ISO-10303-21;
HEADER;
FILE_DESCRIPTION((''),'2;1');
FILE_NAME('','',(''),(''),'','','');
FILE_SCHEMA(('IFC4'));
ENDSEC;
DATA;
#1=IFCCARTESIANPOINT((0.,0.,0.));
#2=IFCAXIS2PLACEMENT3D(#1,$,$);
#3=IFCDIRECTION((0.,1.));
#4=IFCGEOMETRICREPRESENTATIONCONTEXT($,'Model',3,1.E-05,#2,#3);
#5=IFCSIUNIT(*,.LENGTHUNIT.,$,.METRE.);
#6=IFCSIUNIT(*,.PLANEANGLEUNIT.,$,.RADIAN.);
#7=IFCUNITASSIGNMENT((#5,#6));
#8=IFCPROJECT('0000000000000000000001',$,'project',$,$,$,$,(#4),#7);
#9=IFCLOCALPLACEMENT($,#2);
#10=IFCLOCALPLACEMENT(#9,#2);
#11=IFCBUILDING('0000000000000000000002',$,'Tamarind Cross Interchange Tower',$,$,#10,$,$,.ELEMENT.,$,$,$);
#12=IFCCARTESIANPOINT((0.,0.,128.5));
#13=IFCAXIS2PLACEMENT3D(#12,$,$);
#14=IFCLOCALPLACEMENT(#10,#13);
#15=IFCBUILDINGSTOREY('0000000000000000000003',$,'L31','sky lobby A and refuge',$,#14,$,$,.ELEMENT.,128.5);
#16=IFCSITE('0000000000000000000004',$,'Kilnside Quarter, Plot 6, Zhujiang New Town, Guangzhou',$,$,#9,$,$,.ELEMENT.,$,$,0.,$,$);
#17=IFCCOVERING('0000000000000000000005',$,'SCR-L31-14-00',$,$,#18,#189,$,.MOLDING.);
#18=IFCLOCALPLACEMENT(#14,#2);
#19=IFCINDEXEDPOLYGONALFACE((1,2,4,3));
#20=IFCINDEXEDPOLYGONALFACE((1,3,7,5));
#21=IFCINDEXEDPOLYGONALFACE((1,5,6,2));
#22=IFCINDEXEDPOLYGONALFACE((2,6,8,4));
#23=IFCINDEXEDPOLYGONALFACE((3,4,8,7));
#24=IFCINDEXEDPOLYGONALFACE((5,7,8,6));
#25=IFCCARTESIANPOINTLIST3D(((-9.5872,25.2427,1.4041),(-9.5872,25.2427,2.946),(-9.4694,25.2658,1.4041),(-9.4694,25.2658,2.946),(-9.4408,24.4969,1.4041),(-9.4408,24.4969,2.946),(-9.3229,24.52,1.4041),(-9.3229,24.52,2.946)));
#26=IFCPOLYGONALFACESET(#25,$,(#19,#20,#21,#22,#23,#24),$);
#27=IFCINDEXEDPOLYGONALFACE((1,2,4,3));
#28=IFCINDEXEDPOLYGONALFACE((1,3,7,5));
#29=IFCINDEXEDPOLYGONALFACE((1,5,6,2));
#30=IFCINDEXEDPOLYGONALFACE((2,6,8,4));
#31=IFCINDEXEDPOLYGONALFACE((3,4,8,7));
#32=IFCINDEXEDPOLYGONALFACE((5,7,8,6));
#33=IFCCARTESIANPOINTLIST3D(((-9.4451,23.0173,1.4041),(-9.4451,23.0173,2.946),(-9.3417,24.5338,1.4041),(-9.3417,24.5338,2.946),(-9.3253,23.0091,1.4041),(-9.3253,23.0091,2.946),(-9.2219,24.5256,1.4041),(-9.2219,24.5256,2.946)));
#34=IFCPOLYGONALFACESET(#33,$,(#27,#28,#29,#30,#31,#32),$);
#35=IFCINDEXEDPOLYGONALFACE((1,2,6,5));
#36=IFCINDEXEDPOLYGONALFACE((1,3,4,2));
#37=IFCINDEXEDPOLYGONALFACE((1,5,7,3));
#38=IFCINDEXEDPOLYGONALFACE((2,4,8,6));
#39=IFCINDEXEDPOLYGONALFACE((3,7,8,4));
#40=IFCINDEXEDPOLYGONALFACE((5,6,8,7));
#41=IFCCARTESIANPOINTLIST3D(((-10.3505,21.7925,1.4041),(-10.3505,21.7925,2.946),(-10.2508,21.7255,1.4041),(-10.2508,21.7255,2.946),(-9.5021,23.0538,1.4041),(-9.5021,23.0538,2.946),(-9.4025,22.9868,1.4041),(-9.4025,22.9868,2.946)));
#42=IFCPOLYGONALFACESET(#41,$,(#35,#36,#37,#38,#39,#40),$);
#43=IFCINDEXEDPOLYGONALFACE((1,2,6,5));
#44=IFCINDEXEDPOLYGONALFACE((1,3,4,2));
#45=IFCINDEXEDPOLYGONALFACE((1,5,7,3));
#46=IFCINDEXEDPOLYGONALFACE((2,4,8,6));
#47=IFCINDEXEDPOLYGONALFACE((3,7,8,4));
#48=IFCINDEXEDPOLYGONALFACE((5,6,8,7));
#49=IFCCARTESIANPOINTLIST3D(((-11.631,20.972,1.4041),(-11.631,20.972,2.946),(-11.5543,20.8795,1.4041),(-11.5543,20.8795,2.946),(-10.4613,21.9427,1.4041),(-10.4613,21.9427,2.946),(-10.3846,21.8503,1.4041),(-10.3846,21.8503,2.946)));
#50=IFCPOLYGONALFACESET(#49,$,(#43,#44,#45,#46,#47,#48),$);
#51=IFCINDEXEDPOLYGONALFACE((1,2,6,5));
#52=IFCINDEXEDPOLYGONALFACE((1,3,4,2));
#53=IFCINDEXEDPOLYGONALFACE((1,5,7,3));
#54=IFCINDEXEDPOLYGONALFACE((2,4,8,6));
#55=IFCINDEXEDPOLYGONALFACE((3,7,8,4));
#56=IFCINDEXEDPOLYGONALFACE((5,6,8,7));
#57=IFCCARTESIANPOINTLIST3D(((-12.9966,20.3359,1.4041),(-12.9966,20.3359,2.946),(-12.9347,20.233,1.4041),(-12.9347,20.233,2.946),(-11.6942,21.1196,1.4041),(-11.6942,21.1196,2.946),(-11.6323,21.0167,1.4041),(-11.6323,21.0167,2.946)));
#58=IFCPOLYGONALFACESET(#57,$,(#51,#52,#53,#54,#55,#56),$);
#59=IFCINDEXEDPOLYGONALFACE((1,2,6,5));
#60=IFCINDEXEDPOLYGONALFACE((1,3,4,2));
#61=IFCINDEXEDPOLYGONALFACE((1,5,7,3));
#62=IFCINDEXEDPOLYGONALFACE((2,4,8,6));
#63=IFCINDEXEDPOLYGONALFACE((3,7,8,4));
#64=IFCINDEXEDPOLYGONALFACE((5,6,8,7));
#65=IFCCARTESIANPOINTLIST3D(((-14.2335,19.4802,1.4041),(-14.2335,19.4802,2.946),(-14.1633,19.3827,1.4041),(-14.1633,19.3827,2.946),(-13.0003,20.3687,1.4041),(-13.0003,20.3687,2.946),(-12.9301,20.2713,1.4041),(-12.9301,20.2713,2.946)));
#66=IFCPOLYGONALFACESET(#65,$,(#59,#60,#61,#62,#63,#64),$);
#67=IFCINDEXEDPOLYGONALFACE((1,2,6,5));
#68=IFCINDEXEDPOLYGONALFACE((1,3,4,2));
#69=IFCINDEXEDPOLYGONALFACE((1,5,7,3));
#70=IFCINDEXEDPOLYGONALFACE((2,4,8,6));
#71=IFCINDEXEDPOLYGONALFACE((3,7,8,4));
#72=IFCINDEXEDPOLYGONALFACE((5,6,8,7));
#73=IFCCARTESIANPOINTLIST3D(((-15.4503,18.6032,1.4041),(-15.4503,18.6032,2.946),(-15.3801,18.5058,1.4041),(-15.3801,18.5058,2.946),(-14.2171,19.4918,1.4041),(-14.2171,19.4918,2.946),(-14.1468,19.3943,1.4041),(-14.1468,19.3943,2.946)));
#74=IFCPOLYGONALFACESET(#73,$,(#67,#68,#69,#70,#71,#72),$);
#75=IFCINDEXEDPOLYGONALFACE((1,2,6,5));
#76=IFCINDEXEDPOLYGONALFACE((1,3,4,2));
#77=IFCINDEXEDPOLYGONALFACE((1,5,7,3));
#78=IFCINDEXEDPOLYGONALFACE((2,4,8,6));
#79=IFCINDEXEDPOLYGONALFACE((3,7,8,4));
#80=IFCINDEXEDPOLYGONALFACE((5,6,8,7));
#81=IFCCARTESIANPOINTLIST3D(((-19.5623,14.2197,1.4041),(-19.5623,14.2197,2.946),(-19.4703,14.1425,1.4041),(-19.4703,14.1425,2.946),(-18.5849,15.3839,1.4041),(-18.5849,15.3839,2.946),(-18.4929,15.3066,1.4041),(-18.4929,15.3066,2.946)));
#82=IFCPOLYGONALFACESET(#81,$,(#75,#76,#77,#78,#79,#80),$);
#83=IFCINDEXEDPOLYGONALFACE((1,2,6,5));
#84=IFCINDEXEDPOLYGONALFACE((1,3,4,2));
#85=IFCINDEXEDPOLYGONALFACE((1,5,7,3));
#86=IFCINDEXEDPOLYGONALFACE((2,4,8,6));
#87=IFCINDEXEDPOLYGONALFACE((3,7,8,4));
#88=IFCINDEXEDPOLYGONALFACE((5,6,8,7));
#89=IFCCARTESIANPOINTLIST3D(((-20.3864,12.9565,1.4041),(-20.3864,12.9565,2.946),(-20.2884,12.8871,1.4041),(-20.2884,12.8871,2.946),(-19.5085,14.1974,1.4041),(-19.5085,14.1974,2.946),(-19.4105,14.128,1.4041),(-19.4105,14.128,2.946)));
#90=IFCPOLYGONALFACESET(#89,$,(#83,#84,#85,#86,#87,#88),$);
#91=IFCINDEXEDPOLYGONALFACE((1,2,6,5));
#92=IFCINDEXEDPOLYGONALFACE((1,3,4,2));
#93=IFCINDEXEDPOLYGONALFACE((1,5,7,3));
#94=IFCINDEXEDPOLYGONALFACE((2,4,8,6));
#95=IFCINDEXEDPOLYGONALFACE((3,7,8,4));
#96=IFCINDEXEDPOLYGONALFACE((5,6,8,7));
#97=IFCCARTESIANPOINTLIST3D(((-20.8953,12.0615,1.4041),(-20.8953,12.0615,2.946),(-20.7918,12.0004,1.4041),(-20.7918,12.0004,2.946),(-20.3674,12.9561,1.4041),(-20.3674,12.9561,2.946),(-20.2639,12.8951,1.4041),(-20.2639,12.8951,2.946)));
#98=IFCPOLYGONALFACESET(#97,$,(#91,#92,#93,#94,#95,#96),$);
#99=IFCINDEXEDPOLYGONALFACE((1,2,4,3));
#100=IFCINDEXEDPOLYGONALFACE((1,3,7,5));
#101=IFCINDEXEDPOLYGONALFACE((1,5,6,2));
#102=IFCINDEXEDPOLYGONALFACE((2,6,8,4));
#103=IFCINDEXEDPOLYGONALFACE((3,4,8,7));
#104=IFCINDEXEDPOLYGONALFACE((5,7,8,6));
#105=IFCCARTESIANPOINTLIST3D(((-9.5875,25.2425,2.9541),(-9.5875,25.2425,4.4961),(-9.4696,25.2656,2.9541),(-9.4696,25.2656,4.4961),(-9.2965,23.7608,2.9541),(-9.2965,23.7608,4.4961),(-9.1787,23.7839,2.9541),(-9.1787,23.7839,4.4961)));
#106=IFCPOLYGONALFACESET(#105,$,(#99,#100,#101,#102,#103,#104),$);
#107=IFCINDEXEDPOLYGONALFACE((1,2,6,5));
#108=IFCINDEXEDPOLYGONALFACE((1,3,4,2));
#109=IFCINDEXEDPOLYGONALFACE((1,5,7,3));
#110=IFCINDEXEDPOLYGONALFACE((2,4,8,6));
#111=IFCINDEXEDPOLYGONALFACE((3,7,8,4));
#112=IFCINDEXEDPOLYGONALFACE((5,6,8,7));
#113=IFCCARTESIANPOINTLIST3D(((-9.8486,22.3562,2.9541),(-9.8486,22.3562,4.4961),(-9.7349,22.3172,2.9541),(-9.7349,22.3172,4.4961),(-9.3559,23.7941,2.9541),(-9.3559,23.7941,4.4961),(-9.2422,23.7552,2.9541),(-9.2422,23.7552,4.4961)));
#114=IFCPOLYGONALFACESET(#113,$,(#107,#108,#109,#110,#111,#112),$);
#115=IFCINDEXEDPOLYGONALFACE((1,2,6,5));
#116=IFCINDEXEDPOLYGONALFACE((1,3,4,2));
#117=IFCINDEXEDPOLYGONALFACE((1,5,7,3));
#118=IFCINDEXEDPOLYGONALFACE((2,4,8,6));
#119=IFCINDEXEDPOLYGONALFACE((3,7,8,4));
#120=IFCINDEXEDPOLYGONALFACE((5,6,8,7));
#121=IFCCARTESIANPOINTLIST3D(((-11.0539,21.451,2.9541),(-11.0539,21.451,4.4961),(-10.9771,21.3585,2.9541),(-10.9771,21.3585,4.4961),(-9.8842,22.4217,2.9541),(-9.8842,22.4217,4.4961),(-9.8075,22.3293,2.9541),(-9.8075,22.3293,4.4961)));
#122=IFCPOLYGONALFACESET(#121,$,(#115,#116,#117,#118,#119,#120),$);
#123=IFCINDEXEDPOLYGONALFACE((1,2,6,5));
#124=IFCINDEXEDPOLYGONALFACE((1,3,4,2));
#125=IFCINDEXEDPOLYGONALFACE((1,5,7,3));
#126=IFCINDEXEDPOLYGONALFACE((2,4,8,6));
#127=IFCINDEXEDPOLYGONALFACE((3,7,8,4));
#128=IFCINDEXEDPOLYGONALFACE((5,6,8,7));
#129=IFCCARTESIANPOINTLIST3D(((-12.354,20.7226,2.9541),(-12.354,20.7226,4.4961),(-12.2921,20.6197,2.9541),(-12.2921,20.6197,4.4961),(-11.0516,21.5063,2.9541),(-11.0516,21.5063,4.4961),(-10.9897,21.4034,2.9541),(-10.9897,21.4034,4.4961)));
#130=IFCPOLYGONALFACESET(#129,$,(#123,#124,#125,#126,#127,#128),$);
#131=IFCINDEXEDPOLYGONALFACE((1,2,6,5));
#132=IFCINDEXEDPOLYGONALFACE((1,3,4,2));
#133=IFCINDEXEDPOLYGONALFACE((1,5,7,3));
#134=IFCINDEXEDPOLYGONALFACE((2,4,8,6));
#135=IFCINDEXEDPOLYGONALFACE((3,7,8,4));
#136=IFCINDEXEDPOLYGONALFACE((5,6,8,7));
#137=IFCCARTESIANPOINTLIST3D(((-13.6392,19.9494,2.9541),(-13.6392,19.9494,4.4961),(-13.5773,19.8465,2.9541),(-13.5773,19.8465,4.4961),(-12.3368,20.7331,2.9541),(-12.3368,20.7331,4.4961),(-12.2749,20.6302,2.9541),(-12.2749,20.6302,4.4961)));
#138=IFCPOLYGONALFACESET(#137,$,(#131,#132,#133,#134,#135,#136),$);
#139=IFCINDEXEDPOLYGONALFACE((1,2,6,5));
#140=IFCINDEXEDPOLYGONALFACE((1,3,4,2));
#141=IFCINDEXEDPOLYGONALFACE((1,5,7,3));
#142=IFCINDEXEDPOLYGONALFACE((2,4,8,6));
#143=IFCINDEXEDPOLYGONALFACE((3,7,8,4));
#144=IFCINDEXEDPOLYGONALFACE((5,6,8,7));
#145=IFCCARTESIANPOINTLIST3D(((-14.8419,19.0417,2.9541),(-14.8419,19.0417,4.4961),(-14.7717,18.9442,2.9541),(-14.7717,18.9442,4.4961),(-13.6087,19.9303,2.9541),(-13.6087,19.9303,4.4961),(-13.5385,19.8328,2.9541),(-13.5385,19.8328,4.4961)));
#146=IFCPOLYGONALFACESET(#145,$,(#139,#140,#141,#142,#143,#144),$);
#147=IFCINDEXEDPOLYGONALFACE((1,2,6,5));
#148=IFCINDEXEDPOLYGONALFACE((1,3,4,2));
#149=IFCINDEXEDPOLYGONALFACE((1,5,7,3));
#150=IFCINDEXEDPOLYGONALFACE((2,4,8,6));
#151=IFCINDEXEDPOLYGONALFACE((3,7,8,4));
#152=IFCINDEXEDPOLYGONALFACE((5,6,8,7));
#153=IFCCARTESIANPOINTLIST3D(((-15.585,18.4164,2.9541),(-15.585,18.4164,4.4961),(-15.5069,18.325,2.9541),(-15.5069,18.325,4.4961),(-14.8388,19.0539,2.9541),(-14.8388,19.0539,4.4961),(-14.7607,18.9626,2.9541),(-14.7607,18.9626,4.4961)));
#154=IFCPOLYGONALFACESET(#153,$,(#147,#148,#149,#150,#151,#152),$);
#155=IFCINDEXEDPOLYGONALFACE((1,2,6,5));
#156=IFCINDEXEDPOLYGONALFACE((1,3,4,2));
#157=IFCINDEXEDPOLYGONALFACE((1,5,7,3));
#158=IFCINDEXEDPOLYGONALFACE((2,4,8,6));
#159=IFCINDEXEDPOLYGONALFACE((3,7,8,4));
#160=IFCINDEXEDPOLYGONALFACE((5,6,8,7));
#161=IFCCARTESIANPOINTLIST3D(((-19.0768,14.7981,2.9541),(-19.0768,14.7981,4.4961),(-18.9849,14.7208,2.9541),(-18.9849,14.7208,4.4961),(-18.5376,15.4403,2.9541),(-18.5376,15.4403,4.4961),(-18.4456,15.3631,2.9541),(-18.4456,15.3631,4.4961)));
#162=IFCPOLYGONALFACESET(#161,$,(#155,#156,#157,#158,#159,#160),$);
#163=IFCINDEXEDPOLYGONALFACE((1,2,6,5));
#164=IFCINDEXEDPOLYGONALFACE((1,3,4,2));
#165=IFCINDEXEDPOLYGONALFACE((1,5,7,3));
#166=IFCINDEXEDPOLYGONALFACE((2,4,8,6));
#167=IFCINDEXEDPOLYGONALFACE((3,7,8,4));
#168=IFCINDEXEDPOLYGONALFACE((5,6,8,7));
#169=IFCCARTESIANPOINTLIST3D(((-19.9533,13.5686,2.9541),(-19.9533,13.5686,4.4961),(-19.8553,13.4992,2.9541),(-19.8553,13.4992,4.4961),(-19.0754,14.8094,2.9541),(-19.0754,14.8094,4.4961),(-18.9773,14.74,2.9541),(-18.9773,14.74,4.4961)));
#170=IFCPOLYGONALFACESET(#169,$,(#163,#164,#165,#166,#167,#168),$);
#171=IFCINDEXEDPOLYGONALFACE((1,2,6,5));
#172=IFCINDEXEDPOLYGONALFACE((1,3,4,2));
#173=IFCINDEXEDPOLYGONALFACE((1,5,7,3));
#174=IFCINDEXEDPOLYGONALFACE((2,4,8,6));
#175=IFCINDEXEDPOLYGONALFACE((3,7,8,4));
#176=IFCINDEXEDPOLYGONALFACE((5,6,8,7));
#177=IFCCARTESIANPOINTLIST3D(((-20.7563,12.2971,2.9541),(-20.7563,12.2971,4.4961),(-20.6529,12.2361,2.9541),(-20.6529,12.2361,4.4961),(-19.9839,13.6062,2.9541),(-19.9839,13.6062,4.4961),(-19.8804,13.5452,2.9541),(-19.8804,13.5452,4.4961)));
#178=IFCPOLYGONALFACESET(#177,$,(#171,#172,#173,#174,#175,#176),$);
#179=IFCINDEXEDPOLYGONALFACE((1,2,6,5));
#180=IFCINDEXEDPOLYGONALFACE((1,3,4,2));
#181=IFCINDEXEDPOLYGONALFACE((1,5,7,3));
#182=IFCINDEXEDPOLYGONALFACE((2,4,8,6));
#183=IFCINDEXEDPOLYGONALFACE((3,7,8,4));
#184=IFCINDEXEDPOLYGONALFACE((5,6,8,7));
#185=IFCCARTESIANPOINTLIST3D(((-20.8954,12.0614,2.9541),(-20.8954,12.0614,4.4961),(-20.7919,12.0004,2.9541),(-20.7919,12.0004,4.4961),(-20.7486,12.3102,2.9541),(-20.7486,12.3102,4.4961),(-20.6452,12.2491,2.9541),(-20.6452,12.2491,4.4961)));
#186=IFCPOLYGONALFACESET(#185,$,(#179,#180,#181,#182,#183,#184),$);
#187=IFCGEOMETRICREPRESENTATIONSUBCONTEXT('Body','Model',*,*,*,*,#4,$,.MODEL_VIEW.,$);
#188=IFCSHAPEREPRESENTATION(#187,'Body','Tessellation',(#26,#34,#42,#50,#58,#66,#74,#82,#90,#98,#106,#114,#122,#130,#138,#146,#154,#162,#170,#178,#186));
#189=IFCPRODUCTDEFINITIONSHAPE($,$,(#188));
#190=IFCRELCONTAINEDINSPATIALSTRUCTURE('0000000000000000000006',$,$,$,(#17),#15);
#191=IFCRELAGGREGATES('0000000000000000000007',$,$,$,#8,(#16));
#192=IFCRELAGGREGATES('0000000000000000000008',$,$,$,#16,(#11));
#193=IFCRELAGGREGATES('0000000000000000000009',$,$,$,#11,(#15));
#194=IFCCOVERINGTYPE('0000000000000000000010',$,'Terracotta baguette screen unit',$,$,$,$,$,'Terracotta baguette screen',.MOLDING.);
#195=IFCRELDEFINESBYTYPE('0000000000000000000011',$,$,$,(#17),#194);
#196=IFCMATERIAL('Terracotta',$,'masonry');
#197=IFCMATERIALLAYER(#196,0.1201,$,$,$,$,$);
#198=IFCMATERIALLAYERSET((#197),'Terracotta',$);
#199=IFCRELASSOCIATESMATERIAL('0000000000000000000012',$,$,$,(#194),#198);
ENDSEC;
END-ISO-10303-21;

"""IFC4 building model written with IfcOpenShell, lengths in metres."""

from ifc_helpers import new_model, si_unit, direction, frame, origin, origin_2d, place, context, subcontext, project, spatial, rectangle, extrude, material, layer, layer_set, type_object, element, save


model = new_model("IFC4")

# Units and contexts
model_context = context("Model", 3, precision=1e-05, world=origin(), true_north=direction((0.0, 1.0)))
body_context = subcontext(model_context, "Body", "Model", "MODEL_VIEW")
ifc_project = project(units=[si_unit("LENGTHUNIT", "METRE"), si_unit("PLANEANGLEUNIT", "RADIAN")], contexts=[model_context])

# Site, building, storey
site_placement = place(None, origin())
site = spatial("IfcSite", under=ifc_project, at=site_placement, Name="Kilnside Quarter, Plot 6, Zhujiang New Town, Guangzhou", CompositionType="ELEMENT", RefElevation=0.0)
building_placement = place(site_placement, origin())
building = spatial("IfcBuilding", under=site, at=building_placement, Name="Tamarind Cross Interchange Tower", CompositionType="ELEMENT")
storey_placement = place(building_placement, frame((0.0, 0.0, 128.5)))
storey = spatial("IfcBuildingStorey", under=building, at=storey_placement, Name="L31", Description="sky lobby A and refuge", CompositionType="ELEMENT", Elevation=128.5)

# Covering
ifc_material_1 = material(Name="Terracotta", Category="masonry")
ifc_layer_1 = layer(ifc_material_1, 0.1201)
ifc_layer_set_1 = layer_set([ifc_layer_1], Name="Terracotta")
covering_type = type_object("IfcCoveringType", Name="Terracotta baguette screen unit", ElementType="Terracotta baguette screen", PredefinedType="MOLDING", material=ifc_layer_set_1)
covering_1_placement = place(storey_placement, origin())
element("IfcCovering", 1, at=covering_1_placement, inside=storey, type_object=covering_type, Name="SCR-L31-14-00", PredefinedType="MOLDING", context=body_context, shape_type="SweptSolid", body=[
    extrude(rectangle(XDim=0.76, YDim=0.1201, at=origin_2d()), frame((-9.4551, 24.8813, 1.4041), z_axis=(0.0, 0.0, 1.0), x_axis=(0.192672, -0.981263, 0.0)), (0.0, 0.0, 1.0), 1.542),
    extrude(rectangle(XDim=1.52, YDim=0.1201, at=origin_2d()), frame((-9.3335, 23.7715, 1.4041), z_axis=(0.0, 0.0, 1.0), x_axis=(-0.068058, -0.997681, 0.0)), (0.0, 0.0, 1.0), 1.542),
    extrude(rectangle(XDim=1.52, YDim=0.1201, at=origin_2d()), frame((-9.8765, 22.3896, 1.4041), z_axis=(0.0, 0.0, 1.0), x_axis=(-0.558106, -0.82977, 0.0)), (0.0, 0.0, 1.0), 1.542),
    extrude(rectangle(XDim=1.52, YDim=0.1201, at=origin_2d()), frame((-11.0078, 21.4111, 1.4041), z_axis=(0.0, 0.0, 1.0), x_axis=(-0.769506, -0.63864, 0.0)), (0.0, 0.0, 1.0), 1.542),
    extrude(rectangle(XDim=1.52, YDim=0.1201, at=origin_2d()), frame((-12.3145, 20.6763, 1.4041), z_axis=(0.0, 0.0, 1.0), x_axis=(-0.856843, -0.515577, 0.0)), (0.0, 0.0, 1.0), 1.542),
    extrude(rectangle(XDim=1.52, YDim=0.1201, at=origin_2d()), frame((-13.5818, 19.8757, 1.4041), z_axis=(0.0, 0.0, 1.0), x_axis=(-0.81134, -0.584574, 0.0)), (0.0, 0.0, 1.0), 1.542),
    extrude(rectangle(XDim=1.52, YDim=0.1201, at=origin_2d()), frame((-14.7986, 18.9988, 1.4041), z_axis=(0.0, 0.0, 1.0), x_axis=(-0.81134, -0.584574, 0.0)), (0.0, 0.0, 1.0), 1.542),
    extrude(rectangle(XDim=1.52, YDim=0.1201, at=origin_2d()), frame((-19.0276, 14.7632, 1.4041), z_axis=(0.0, 0.0, 1.0), x_axis=(-0.643009, -0.765858, 0.0)), (0.0, 0.0, 1.0), 1.542),
    extrude(rectangle(XDim=1.52, YDim=0.1201, at=origin_2d()), frame((-19.8984, 13.5422, 1.4041), z_axis=(0.0, 0.0, 1.0), x_axis=(-0.577569, -0.816342, 0.0)), (0.0, 0.0, 1.0), 1.542),
    extrude(rectangle(XDim=1.0388, YDim=0.1201, at=origin_2d()), frame((-20.5796, 12.4783, 1.4041), z_axis=(0.0, 0.0, 1.0), x_axis=(-0.508183, -0.861249, 0.0)), (0.0, 0.0, 1.0), 1.542),
    extrude(rectangle(XDim=1.51, YDim=0.1201, at=origin_2d()), frame((-9.3831, 24.5132, 2.9541), z_axis=(0.0, 0.0, 1.0), x_axis=(0.192672, -0.981263, 0.0)), (0.0, 0.0, 1.0), 1.542),
    extrude(rectangle(XDim=1.52, YDim=0.1201, at=origin_2d()), frame((-9.5454, 23.0557, 2.9541), z_axis=(0.0, 0.0, 1.0), x_axis=(-0.324143, -0.946008, 0.0)), (0.0, 0.0, 1.0), 1.542),
    extrude(rectangle(XDim=1.52, YDim=0.1201, at=origin_2d()), frame((-10.4307, 21.8901, 2.9541), z_axis=(0.0, 0.0, 1.0), x_axis=(-0.769506, -0.63864, 0.0)), (0.0, 0.0, 1.0), 1.542),
    extrude(rectangle(XDim=1.52, YDim=0.1201, at=origin_2d()), frame((-11.6719, 21.063, 2.9541), z_axis=(0.0, 0.0, 1.0), x_axis=(-0.856843, -0.515577, 0.0)), (0.0, 0.0, 1.0), 1.542),
    extrude(rectangle(XDim=1.52, YDim=0.1201, at=origin_2d()), frame((-12.957, 20.2898, 2.9541), z_axis=(0.0, 0.0, 1.0), x_axis=(-0.856843, -0.515577, 0.0)), (0.0, 0.0, 1.0), 1.542),
    extrude(rectangle(XDim=1.52, YDim=0.1201, at=origin_2d()), frame((-14.1902, 19.4373, 2.9541), z_axis=(0.0, 0.0, 1.0), x_axis=(-0.81134, -0.584574, 0.0)), (0.0, 0.0, 1.0), 1.542),
    extrude(rectangle(XDim=0.9814, YDim=0.1201, at=origin_2d()), frame((-15.1729, 18.6895, 2.9541), z_axis=(0.0, 0.0, 1.0), x_axis=(-0.760296, -0.649577, 0.0)), (0.0, 0.0, 1.0), 1.542),
    extrude(rectangle(XDim=0.8386, YDim=0.1201, at=origin_2d()), frame((-18.7612, 15.0806, 2.9541), z_axis=(0.0, 0.0, 1.0), x_axis=(-0.643009, -0.765858, 0.0)), (0.0, 0.0, 1.0), 1.542),
    extrude(rectangle(XDim=1.52, YDim=0.1201, at=origin_2d()), frame((-19.4653, 14.1543, 2.9541), z_axis=(0.0, 0.0, 1.0), x_axis=(-0.577569, -0.816342, 0.0)), (0.0, 0.0, 1.0), 1.542),
    extrude(rectangle(XDim=1.52, YDim=0.1201, at=origin_2d()), frame((-20.3184, 12.9211, 2.9541), z_axis=(0.0, 0.0, 1.0), x_axis=(-0.508183, -0.861249, 0.0)), (0.0, 0.0, 1.0), 1.542),
    extrude(rectangle(XDim=0.2888, YDim=0.1201, at=origin_2d()), frame((-20.7703, 12.1553, 2.9541), z_axis=(0.0, 0.0, 1.0), x_axis=(-0.508183, -0.861249, 0.0)), (0.0, 0.0, 1.0), 1.542),
])

save(model, "model.ifc")
